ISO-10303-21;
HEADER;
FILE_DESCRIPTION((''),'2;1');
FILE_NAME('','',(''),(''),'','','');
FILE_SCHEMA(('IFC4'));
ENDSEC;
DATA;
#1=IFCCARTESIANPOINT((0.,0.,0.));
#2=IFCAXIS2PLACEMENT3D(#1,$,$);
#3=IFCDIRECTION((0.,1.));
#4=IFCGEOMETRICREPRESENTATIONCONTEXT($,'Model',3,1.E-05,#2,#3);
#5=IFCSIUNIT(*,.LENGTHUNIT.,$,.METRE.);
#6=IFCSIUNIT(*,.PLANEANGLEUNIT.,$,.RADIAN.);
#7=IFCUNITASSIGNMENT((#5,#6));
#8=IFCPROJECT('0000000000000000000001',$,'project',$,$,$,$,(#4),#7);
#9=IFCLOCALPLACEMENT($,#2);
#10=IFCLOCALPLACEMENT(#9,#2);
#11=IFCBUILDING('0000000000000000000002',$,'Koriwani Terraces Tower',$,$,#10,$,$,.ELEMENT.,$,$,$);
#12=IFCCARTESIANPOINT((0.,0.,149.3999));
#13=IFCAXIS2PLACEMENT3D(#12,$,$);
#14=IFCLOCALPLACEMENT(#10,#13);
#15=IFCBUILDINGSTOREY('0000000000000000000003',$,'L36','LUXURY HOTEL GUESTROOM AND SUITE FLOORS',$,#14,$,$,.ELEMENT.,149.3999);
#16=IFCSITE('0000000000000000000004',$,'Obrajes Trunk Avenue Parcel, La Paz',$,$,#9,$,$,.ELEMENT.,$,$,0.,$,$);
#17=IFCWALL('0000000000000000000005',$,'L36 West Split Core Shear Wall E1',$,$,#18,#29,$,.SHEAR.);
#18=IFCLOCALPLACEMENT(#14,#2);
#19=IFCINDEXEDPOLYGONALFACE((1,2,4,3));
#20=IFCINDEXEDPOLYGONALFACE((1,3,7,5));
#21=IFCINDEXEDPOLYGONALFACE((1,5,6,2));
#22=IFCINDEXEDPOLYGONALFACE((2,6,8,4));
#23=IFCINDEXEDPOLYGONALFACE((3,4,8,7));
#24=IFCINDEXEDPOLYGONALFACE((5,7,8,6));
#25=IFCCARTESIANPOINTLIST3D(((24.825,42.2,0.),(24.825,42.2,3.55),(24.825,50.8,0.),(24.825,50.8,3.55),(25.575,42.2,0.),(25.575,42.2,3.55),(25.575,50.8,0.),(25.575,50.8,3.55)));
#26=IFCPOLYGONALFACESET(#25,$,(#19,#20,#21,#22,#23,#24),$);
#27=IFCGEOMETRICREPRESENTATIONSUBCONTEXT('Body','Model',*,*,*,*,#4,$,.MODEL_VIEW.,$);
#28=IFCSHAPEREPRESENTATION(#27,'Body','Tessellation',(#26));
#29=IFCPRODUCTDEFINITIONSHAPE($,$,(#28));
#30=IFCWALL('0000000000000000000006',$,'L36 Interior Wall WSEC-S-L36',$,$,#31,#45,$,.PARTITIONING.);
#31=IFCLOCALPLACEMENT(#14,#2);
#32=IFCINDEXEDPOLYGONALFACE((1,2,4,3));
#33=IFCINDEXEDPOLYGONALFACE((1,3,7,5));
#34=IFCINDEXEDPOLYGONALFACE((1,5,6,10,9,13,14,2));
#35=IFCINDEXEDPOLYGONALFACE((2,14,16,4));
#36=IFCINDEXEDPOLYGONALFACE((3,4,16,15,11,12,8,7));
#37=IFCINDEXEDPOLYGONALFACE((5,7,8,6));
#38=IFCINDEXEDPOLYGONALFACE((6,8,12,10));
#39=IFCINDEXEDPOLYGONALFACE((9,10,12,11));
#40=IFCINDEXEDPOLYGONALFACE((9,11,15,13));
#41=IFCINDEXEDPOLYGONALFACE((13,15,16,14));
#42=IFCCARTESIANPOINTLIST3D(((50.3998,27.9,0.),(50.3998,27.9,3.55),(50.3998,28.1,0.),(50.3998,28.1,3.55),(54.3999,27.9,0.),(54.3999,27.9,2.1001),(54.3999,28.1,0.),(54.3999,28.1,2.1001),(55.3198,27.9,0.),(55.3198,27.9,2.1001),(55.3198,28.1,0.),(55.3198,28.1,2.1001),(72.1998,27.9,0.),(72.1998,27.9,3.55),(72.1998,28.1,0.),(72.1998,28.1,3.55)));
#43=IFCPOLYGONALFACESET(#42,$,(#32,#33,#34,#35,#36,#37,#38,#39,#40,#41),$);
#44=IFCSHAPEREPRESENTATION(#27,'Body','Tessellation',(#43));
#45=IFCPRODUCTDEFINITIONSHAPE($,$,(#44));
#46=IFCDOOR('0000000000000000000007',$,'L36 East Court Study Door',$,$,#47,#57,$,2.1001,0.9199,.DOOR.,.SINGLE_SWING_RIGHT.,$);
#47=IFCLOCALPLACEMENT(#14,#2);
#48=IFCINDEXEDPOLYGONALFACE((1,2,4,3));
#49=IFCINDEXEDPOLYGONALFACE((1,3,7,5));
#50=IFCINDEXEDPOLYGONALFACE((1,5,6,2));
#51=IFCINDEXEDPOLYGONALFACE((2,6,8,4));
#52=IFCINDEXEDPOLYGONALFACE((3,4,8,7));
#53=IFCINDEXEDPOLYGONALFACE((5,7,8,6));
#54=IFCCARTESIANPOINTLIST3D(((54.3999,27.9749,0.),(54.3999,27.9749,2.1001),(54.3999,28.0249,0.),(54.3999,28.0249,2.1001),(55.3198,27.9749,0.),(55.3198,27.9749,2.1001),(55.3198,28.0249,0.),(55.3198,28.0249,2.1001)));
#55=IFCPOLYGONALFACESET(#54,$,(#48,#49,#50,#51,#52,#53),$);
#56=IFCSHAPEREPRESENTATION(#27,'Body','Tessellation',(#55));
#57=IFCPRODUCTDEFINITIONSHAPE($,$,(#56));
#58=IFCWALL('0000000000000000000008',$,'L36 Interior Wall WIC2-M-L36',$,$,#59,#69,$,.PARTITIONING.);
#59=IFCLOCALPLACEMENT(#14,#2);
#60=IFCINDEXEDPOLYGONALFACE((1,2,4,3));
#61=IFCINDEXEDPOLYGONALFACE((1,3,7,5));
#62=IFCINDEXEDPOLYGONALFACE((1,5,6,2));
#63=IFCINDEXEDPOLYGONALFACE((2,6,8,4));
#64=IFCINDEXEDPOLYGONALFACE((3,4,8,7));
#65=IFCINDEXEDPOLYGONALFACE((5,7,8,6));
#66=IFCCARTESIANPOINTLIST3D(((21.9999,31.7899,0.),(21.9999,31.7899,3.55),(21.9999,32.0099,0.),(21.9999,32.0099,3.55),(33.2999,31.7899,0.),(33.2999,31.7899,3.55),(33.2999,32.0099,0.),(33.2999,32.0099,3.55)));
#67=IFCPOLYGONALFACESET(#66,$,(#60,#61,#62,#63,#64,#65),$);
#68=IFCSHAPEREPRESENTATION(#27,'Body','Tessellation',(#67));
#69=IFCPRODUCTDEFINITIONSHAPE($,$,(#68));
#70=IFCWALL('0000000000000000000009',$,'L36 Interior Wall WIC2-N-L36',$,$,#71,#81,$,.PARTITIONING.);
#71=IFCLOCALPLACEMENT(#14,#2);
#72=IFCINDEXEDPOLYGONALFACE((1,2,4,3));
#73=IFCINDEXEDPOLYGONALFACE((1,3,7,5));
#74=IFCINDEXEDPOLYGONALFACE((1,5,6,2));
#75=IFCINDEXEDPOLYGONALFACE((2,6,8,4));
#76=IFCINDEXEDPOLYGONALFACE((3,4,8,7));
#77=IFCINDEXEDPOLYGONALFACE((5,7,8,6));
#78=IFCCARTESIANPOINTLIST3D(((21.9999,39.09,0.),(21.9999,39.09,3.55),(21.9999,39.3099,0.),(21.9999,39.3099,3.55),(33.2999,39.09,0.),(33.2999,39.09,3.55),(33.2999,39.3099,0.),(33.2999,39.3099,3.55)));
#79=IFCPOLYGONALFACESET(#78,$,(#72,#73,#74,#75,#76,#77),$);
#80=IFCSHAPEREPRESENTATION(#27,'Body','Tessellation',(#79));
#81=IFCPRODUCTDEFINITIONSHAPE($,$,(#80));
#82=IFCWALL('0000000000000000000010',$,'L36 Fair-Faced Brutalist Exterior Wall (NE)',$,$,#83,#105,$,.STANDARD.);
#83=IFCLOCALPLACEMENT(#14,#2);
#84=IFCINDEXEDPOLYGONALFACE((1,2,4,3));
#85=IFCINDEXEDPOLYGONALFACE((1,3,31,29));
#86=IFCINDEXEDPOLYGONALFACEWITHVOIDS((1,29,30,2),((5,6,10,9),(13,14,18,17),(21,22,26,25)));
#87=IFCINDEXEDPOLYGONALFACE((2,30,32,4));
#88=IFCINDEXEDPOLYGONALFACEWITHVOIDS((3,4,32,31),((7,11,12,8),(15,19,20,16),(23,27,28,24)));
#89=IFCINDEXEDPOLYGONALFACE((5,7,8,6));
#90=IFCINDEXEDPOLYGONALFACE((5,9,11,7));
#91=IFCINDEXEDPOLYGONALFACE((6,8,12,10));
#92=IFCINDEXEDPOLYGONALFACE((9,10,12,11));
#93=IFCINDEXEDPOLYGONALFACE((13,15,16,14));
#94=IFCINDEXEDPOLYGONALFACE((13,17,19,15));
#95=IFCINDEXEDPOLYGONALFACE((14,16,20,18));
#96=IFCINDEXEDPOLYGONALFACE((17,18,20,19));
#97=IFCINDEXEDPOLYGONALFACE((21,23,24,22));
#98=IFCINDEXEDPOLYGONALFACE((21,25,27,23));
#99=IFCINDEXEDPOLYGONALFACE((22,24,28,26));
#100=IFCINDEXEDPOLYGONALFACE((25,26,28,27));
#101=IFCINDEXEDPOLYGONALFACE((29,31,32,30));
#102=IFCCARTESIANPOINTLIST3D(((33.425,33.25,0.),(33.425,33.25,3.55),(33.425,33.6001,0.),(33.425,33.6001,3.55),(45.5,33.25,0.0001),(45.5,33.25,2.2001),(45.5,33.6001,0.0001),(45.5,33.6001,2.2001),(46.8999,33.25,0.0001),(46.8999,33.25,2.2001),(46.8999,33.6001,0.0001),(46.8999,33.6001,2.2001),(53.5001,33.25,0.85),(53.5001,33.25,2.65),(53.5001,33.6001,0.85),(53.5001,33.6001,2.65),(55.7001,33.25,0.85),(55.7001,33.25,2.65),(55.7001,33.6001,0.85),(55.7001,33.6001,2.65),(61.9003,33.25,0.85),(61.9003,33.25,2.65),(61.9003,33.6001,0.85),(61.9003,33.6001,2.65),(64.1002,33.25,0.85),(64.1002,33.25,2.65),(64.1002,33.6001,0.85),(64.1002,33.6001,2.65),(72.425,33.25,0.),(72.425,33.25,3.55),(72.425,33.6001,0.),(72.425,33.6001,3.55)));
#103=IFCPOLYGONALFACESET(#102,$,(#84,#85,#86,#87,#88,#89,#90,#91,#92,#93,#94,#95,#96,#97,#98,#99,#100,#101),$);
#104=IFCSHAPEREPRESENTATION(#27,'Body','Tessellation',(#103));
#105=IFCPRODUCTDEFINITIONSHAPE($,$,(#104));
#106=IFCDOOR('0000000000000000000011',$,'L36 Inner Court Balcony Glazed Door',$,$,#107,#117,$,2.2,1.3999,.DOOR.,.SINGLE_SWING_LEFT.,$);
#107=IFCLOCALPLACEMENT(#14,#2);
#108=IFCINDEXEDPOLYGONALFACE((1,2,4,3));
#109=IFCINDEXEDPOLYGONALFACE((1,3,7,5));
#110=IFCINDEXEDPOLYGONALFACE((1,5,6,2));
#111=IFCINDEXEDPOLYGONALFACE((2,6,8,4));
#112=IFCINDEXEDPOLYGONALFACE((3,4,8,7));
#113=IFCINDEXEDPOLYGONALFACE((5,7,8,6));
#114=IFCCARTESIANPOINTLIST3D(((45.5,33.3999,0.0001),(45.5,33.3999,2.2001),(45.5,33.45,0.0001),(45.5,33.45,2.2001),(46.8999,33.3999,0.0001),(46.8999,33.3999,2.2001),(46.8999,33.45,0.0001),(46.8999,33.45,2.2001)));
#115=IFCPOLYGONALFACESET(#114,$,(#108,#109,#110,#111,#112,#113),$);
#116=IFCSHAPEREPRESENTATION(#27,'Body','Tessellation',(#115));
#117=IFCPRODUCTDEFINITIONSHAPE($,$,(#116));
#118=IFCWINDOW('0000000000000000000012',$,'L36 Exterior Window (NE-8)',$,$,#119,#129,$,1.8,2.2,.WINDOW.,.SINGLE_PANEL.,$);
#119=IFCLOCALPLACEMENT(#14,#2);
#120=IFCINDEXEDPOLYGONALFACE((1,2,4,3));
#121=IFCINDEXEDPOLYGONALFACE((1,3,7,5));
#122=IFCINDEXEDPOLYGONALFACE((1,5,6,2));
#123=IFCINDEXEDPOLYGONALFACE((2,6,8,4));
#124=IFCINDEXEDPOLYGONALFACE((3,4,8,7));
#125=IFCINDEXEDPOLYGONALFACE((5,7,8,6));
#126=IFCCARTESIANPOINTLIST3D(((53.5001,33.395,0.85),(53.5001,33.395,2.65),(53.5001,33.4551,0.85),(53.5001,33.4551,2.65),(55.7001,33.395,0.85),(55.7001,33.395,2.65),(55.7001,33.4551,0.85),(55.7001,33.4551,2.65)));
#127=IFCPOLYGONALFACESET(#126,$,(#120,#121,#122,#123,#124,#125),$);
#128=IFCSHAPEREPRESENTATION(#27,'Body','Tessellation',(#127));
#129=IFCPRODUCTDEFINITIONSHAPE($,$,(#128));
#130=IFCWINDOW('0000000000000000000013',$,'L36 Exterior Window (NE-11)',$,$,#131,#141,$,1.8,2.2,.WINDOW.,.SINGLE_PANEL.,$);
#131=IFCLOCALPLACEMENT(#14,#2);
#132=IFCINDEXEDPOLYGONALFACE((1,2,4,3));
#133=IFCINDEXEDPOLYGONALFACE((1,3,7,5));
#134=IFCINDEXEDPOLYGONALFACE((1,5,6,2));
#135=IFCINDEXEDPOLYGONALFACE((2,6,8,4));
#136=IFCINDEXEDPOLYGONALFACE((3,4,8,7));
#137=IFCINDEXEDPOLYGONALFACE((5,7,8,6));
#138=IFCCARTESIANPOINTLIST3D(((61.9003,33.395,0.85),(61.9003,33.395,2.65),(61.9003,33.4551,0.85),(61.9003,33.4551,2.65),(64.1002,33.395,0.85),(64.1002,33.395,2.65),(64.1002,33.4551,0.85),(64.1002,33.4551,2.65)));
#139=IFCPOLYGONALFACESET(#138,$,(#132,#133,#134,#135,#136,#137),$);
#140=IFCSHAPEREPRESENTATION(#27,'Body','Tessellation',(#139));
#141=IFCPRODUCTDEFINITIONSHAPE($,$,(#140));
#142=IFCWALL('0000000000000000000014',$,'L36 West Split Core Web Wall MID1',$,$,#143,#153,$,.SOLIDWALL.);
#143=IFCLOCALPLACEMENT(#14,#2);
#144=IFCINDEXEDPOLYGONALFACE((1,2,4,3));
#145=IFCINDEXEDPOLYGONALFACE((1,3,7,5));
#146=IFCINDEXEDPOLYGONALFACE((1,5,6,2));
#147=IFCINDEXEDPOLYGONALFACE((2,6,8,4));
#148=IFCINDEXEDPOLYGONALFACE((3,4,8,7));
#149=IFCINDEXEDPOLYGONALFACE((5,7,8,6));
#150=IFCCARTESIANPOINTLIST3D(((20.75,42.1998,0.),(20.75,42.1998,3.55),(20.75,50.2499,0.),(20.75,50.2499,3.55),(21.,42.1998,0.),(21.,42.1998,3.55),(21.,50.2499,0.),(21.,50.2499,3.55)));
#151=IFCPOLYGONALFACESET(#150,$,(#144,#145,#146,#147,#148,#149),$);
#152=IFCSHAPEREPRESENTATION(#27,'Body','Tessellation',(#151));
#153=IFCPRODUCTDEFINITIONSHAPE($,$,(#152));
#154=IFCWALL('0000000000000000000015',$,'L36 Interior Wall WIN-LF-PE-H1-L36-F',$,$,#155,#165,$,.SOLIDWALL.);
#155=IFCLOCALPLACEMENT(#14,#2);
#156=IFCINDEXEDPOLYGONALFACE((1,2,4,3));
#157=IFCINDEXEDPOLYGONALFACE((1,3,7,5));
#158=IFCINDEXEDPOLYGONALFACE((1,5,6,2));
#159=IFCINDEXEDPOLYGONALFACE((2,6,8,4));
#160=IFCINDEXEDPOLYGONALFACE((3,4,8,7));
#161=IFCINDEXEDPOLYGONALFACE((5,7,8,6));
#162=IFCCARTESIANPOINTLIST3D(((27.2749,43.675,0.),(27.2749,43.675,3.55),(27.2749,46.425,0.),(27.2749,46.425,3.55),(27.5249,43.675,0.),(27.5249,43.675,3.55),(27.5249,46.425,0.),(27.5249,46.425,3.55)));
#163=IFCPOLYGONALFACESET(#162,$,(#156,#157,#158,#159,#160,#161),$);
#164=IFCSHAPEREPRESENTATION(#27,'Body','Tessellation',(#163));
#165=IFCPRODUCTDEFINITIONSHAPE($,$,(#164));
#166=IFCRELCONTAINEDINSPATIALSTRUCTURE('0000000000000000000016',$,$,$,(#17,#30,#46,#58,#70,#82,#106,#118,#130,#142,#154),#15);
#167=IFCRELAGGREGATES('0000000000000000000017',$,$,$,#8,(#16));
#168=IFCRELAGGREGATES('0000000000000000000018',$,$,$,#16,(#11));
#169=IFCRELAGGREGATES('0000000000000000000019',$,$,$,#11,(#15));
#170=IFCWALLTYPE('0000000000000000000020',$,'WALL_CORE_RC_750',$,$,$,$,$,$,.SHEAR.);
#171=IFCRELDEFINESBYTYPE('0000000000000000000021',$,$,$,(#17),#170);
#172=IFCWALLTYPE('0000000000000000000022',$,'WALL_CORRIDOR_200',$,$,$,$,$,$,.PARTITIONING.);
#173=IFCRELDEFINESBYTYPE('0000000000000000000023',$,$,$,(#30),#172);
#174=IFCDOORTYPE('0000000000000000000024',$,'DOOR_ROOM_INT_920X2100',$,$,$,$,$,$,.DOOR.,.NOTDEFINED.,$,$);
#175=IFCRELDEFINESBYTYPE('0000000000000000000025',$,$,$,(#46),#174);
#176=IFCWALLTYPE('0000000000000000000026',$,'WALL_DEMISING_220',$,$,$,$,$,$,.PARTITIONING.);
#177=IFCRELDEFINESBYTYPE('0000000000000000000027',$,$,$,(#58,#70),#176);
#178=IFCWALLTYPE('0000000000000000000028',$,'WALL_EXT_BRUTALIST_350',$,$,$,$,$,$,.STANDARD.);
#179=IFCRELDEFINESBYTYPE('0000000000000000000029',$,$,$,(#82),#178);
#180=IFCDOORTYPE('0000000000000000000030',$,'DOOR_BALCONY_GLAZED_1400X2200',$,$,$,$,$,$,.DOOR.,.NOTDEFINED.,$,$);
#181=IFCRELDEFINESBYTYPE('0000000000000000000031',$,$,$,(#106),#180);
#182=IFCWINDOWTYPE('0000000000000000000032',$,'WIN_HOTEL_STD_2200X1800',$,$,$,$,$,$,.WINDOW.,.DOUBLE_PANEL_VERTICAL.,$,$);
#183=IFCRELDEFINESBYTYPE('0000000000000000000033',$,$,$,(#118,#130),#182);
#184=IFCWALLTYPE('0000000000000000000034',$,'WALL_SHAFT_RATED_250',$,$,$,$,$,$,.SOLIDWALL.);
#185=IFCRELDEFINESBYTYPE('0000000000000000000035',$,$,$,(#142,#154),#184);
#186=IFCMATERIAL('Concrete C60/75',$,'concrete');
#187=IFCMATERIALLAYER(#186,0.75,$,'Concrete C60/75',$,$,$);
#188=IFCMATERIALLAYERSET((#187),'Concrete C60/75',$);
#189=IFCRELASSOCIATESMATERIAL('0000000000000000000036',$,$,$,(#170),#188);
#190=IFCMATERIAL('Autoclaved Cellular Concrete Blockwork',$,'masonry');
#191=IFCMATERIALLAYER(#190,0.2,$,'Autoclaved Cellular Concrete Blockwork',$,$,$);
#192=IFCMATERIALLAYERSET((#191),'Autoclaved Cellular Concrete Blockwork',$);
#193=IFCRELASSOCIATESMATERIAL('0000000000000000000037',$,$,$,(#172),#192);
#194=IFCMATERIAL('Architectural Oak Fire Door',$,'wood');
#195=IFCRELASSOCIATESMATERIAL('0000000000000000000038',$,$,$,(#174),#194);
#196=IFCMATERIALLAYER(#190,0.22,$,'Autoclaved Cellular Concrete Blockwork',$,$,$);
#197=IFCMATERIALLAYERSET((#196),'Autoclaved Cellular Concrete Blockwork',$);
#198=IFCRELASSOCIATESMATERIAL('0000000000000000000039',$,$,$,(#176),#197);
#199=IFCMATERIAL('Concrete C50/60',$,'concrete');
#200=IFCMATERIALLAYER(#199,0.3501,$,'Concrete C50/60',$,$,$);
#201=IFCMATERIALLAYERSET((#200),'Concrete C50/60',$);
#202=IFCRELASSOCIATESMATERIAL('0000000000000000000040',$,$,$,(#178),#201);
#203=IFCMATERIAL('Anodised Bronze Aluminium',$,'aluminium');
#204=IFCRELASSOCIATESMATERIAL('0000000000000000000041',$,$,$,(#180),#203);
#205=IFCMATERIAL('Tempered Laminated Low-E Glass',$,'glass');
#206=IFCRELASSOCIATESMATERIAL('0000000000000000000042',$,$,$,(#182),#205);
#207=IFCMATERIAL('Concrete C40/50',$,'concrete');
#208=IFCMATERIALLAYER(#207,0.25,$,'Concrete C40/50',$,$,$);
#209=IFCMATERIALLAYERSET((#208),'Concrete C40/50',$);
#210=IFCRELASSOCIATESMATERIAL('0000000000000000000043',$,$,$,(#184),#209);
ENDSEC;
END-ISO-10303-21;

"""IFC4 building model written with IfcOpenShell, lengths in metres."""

from ifc_helpers import new_model, si_unit, direction, frame, frame_2d, origin, place, context, subcontext, project, spatial, rectangle, extrude, material, layer, layer_set, type_object, element, fill, save


model = new_model("IFC4")

# Units and contexts
model_context = context("Model", 3, precision=1e-05, world=origin(), true_north=direction((0.0, 1.0)))
body_context = subcontext(model_context, "Body", "Model", "MODEL_VIEW")
ifc_project = project(units=[si_unit("LENGTHUNIT", "METRE"), si_unit("PLANEANGLEUNIT", "RADIAN")], contexts=[model_context])

# Site, building, storey
site_placement = place(None, origin())
site = spatial("IfcSite", under=ifc_project, at=site_placement, Name="Obrajes Trunk Avenue Parcel, La Paz", CompositionType="ELEMENT", RefElevation=0.0)
building_placement = place(site_placement, origin())
building = spatial("IfcBuilding", under=site, at=building_placement, Name="Koriwani Terraces Tower", CompositionType="ELEMENT")
storey_placement = place(building_placement, frame((0.0, 0.0, 149.3999)))
storey = spatial("IfcBuildingStorey", under=building, at=storey_placement, Name="L36", Description="LUXURY HOTEL GUESTROOM AND SUITE FLOORS", CompositionType="ELEMENT", Elevation=149.3999)

# Shared definitions
ifc_material_1 = material(Name="Concrete C60/75", Category="concrete")

# Shared definitions
ifc_material_2 = material(Name="Concrete C40/50", Category="concrete")
ifc_material_3 = material(Name="Concrete C50/60", Category="concrete")

# Wall
ifc_layer_1 = layer(ifc_material_1, 0.75, Name="Concrete C60/75")
ifc_layer_set_1 = layer_set([ifc_layer_1], Name="Concrete C60/75")
wall_type_1 = type_object("IfcWallType", Name="WALL_CORE_RC_750", PredefinedType="SHEAR", material=ifc_layer_set_1)
wall_1_placement = place(storey_placement, frame((25.2, 42.2, 0.0), z_axis=(0.0, 0.0, 1.0), x_axis=(0.0, 1.0, 0.0)))
element("IfcWall", 1, at=wall_1_placement, inside=storey, type_object=wall_type_1, Name="L36 West Split Core Shear Wall E1", PredefinedType="SHEAR", context=body_context, shape_type="SweptSolid", body=[
    extrude(rectangle(XDim=8.6001, YDim=0.75, at=frame_2d((4.3, 0.0))), origin(), (0.0, 0.0, 1.0), 3.55),
])

# Wall, opening, door
ifc_material_4 = material(Name="Autoclaved Cellular Concrete Blockwork", Category="masonry")
ifc_layer_2 = layer(ifc_material_4, 0.2, Name="Autoclaved Cellular Concrete Blockwork")
ifc_layer_set_2 = layer_set([ifc_layer_2], Name="Autoclaved Cellular Concrete Blockwork")
wall_type_2 = type_object("IfcWallType", Name="WALL_CORRIDOR_200", PredefinedType="PARTITIONING", material=ifc_layer_set_2)
wall_2_placement = place(storey_placement, frame((50.3999, 28.0, 0.0), z_axis=(0.0, 0.0, 1.0), x_axis=(1.0, 0.0, 0.0)))
wall_2 = element("IfcWall", 2, at=wall_2_placement, inside=storey, type_object=wall_type_2, Name="L36 Interior Wall WSEC-S-L36", PredefinedType="PARTITIONING", context=body_context, shape_type="SweptSolid", body=[
    extrude(rectangle(XDim=21.8, YDim=0.2, at=frame_2d((10.8999, 0.0))), origin(), (0.0, 0.0, 1.0), 3.55),
])
opening_1_placement = place(wall_2_placement, frame((4.0, 0.0, 0.0)))
opening_1 = element("IfcOpeningElement", 3, at=opening_1_placement, cuts=wall_2, PredefinedType="OPENING", context=body_context, shape_type="SweptSolid", body=[
    extrude(rectangle(XDim=0.9199, YDim=2.1001, at=frame_2d((0.46, 1.05))), frame((0.0, 0.1099, 0.0), z_axis=(0.0, -1.0, 0.0), x_axis=(1.0, 0.0, 0.0)), (0.0, 0.0, 1.0), 0.22),
])
ifc_material_5 = material(Name="Architectural Oak Fire Door", Category="wood")
door_type_1 = type_object("IfcDoorType", Name="DOOR_ROOM_INT_920X2100", OperationType="NOTDEFINED", PredefinedType="DOOR", material=ifc_material_5)
door_1_placement = place(opening_1_placement, origin())
door_1 = element("IfcDoor", 4, at=door_1_placement, inside=storey, type_object=door_type_1, Name="L36 East Court Study Door", OperationType="SINGLE_SWING_RIGHT", OverallHeight=2.1001, OverallWidth=0.9199, PredefinedType="DOOR", context=body_context, shape_type="SweptSolid", body=[
    extrude(rectangle(XDim=0.9199, YDim=2.1001, at=frame_2d((0.46, 1.05))), frame((0.0, 0.0249, 0.0), z_axis=(0.0, -1.0, 0.0), x_axis=(1.0, 0.0, 0.0)), (0.0, 0.0, 1.0), 0.05),
])
fill(opening_1, door_1)

# Walls
ifc_layer_3 = layer(ifc_material_4, 0.22, Name="Autoclaved Cellular Concrete Blockwork")
ifc_layer_set_3 = layer_set([ifc_layer_3], Name="Autoclaved Cellular Concrete Blockwork")
wall_type_3 = type_object("IfcWallType", Name="WALL_DEMISING_220", PredefinedType="PARTITIONING", material=ifc_layer_set_3)
for number, where, z_axis, x_axis, name in (
    (5, (22.0, 31.8999, 0.0), (0.0, 0.0, 1.0), (1.0, 0.0, 0.0), "L36 Interior Wall WIC2-M-L36"),
    (6, (22.0, 39.2, 0.0), (0.0, 0.0, 1.0), (1.0, 0.0, 0.0), "L36 Interior Wall WIC2-N-L36"),
):
    element("IfcWall", number, at=place(storey_placement, frame(where, z_axis=z_axis, x_axis=x_axis)), inside=storey, type_object=wall_type_3, Name=name, PredefinedType="PARTITIONING", context=body_context, shape_type="SweptSolid", body=[
        extrude(rectangle(XDim=11.3, YDim=0.22, at=frame_2d((5.6499, 0.0))), origin(), (0.0, 0.0, 1.0), 3.55),
    ])

# Wall, openings, door, windows
ifc_layer_4 = layer(ifc_material_3, 0.3501, Name="Concrete C50/60")
ifc_layer_set_4 = layer_set([ifc_layer_4], Name="Concrete C50/60")
wall_type_4 = type_object("IfcWallType", Name="WALL_EXT_BRUTALIST_350", PredefinedType="STANDARD", material=ifc_layer_set_4)
wall_3_placement = place(storey_placement, frame((33.425, 33.425, 0.0), z_axis=(0.0, 0.0, 1.0), x_axis=(1.0, 0.0, 0.0)))
wall_3 = element("IfcWall", 7, at=wall_3_placement, inside=storey, type_object=wall_type_4, Name="L36 Fair-Faced Brutalist Exterior Wall (NE)", PredefinedType="STANDARD", context=body_context, shape_type="SweptSolid", body=[
    extrude(rectangle(XDim=39.0, YDim=0.3501, at=frame_2d((19.5, 0.0))), origin(), (0.0, 0.0, 1.0), 3.55),
])
opening_2_placement = place(wall_3_placement, frame((12.075, 0.0, 0.0)))
opening_2 = element("IfcOpeningElement", 8, at=opening_2_placement, cuts=wall_3, PredefinedType="OPENING", context=body_context, shape_type="SweptSolid", body=[
    extrude(rectangle(XDim=1.3999, YDim=2.2, at=frame_2d((0.7, 1.1001))), frame((0.0, 0.1851, 0.0), z_axis=(0.0, -1.0, 0.0), x_axis=(1.0, 0.0, 0.0)), (0.0, 0.0, 1.0), 0.3701),
])
opening_3_placement = place(wall_3_placement, frame((20.075, 0.0, 0.8501)))
opening_3 = element("IfcOpeningElement", 9, at=opening_3_placement, cuts=wall_3, PredefinedType="OPENING", context=body_context, shape_type="SweptSolid", body=[
    extrude(rectangle(XDim=2.2, YDim=1.8, at=frame_2d((1.1001, 0.8999))), frame((0.0, 0.1851, 0.0), z_axis=(0.0, -1.0, 0.0), x_axis=(1.0, 0.0, 0.0)), (0.0, 0.0, 1.0), 0.3701),
])
opening_4_placement = place(wall_3_placement, frame((28.4751, 0.0, 0.8501)))
opening_4 = element("IfcOpeningElement", 10, at=opening_4_placement, cuts=wall_3, PredefinedType="OPENING", context=body_context, shape_type="SweptSolid", body=[
    extrude(rectangle(XDim=2.2, YDim=1.8, at=frame_2d((1.1001, 0.8999))), frame((0.0, 0.1851, 0.0), z_axis=(0.0, -1.0, 0.0), x_axis=(1.0, 0.0, 0.0)), (0.0, 0.0, 1.0), 0.3701),
])
ifc_material_6 = material(Name="Anodised Bronze Aluminium", Category="aluminium")
door_type_2 = type_object("IfcDoorType", Name="DOOR_BALCONY_GLAZED_1400X2200", OperationType="NOTDEFINED", PredefinedType="DOOR", material=ifc_material_6)
door_2_placement = place(opening_2_placement, origin())
door_2 = element("IfcDoor", 11, at=door_2_placement, inside=storey, type_object=door_type_2, Name="L36 Inner Court Balcony Glazed Door", OperationType="SINGLE_SWING_LEFT", OverallHeight=2.2, OverallWidth=1.3999, PredefinedType="DOOR", context=body_context, shape_type="SweptSolid", body=[
    extrude(rectangle(XDim=1.3999, YDim=2.2, at=frame_2d((0.7, 1.1001))), frame((0.0, 0.0249, 0.0), z_axis=(0.0, -1.0, 0.0), x_axis=(1.0, 0.0, 0.0)), (0.0, 0.0, 1.0), 0.05),
])
fill(opening_2, door_2)
ifc_material_7 = material(Name="Tempered Laminated Low-E Glass", Category="glass")
window_type = type_object("IfcWindowType", Name="WIN_HOTEL_STD_2200X1800", PartitioningType="DOUBLE_PANEL_VERTICAL", PredefinedType="WINDOW", material=ifc_material_7)
window_1_placement = place(opening_3_placement, origin())
window_1 = element("IfcWindow", 12, at=window_1_placement, inside=storey, type_object=window_type, Name="L36 Exterior Window (NE-8)", OverallHeight=1.8, OverallWidth=2.2, PartitioningType="SINGLE_PANEL", PredefinedType="WINDOW", context=body_context, shape_type="SweptSolid", body=[
    extrude(rectangle(XDim=2.2, YDim=1.8, at=frame_2d((1.1001, 0.8999))), frame((0.0, 0.03, 0.0), z_axis=(0.0, -1.0, 0.0), x_axis=(1.0, 0.0, 0.0)), (0.0, 0.0, 1.0), 0.0601),
])
fill(opening_3, window_1)
window_2_placement = place(opening_4_placement, origin())
window_2 = element("IfcWindow", 13, at=window_2_placement, inside=storey, type_object=window_type, Name="L36 Exterior Window (NE-11)", OverallHeight=1.8, OverallWidth=2.2, PartitioningType="SINGLE_PANEL", PredefinedType="WINDOW", context=body_context, shape_type="SweptSolid", body=[
    extrude(rectangle(XDim=2.2, YDim=1.8, at=frame_2d((1.1001, 0.8999))), frame((0.0, 0.03, 0.0), z_axis=(0.0, -1.0, 0.0), x_axis=(1.0, 0.0, 0.0)), (0.0, 0.0, 1.0), 0.0601),
])
fill(opening_4, window_2)

# Wall
ifc_layer_5 = layer(ifc_material_2, 0.25, Name="Concrete C40/50")
ifc_layer_set_5 = layer_set([ifc_layer_5], Name="Concrete C40/50")
wall_type_5 = type_object("IfcWallType", Name="WALL_SHAFT_RATED_250", PredefinedType="SOLIDWALL", material=ifc_layer_set_5)
wall_4_placement = place(storey_placement, frame((20.875, 42.2, 0.0), z_axis=(0.0, 0.0, 1.0), x_axis=(0.0, 1.0, 0.0)))
element("IfcWall", 14, at=wall_4_placement, inside=storey, type_object=wall_type_5, Name="L36 West Split Core Web Wall MID1", PredefinedType="SOLIDWALL", context=body_context, shape_type="SweptSolid", body=[
    extrude(rectangle(XDim=8.05, YDim=0.25, at=frame_2d((4.0249, 0.0))), origin(), (0.0, 0.0, 1.0), 3.55),
])

# Wall
wall_5_placement = place(storey_placement, frame((27.3999, 43.675, 0.0), z_axis=(0.0, 0.0, 1.0), x_axis=(0.0, 1.0, 0.0)))
element("IfcWall", 15, at=wall_5_placement, inside=storey, type_object=wall_type_5, Name="L36 Interior Wall WIN-LF-PE-H1-L36-F", PredefinedType="SOLIDWALL", context=body_context, shape_type="SweptSolid", body=[
    extrude(rectangle(XDim=2.75, YDim=0.25, at=frame_2d((1.375, 0.0))), origin(), (0.0, 0.0, 1.0), 3.55),
])

save(model, "model.ifc")
